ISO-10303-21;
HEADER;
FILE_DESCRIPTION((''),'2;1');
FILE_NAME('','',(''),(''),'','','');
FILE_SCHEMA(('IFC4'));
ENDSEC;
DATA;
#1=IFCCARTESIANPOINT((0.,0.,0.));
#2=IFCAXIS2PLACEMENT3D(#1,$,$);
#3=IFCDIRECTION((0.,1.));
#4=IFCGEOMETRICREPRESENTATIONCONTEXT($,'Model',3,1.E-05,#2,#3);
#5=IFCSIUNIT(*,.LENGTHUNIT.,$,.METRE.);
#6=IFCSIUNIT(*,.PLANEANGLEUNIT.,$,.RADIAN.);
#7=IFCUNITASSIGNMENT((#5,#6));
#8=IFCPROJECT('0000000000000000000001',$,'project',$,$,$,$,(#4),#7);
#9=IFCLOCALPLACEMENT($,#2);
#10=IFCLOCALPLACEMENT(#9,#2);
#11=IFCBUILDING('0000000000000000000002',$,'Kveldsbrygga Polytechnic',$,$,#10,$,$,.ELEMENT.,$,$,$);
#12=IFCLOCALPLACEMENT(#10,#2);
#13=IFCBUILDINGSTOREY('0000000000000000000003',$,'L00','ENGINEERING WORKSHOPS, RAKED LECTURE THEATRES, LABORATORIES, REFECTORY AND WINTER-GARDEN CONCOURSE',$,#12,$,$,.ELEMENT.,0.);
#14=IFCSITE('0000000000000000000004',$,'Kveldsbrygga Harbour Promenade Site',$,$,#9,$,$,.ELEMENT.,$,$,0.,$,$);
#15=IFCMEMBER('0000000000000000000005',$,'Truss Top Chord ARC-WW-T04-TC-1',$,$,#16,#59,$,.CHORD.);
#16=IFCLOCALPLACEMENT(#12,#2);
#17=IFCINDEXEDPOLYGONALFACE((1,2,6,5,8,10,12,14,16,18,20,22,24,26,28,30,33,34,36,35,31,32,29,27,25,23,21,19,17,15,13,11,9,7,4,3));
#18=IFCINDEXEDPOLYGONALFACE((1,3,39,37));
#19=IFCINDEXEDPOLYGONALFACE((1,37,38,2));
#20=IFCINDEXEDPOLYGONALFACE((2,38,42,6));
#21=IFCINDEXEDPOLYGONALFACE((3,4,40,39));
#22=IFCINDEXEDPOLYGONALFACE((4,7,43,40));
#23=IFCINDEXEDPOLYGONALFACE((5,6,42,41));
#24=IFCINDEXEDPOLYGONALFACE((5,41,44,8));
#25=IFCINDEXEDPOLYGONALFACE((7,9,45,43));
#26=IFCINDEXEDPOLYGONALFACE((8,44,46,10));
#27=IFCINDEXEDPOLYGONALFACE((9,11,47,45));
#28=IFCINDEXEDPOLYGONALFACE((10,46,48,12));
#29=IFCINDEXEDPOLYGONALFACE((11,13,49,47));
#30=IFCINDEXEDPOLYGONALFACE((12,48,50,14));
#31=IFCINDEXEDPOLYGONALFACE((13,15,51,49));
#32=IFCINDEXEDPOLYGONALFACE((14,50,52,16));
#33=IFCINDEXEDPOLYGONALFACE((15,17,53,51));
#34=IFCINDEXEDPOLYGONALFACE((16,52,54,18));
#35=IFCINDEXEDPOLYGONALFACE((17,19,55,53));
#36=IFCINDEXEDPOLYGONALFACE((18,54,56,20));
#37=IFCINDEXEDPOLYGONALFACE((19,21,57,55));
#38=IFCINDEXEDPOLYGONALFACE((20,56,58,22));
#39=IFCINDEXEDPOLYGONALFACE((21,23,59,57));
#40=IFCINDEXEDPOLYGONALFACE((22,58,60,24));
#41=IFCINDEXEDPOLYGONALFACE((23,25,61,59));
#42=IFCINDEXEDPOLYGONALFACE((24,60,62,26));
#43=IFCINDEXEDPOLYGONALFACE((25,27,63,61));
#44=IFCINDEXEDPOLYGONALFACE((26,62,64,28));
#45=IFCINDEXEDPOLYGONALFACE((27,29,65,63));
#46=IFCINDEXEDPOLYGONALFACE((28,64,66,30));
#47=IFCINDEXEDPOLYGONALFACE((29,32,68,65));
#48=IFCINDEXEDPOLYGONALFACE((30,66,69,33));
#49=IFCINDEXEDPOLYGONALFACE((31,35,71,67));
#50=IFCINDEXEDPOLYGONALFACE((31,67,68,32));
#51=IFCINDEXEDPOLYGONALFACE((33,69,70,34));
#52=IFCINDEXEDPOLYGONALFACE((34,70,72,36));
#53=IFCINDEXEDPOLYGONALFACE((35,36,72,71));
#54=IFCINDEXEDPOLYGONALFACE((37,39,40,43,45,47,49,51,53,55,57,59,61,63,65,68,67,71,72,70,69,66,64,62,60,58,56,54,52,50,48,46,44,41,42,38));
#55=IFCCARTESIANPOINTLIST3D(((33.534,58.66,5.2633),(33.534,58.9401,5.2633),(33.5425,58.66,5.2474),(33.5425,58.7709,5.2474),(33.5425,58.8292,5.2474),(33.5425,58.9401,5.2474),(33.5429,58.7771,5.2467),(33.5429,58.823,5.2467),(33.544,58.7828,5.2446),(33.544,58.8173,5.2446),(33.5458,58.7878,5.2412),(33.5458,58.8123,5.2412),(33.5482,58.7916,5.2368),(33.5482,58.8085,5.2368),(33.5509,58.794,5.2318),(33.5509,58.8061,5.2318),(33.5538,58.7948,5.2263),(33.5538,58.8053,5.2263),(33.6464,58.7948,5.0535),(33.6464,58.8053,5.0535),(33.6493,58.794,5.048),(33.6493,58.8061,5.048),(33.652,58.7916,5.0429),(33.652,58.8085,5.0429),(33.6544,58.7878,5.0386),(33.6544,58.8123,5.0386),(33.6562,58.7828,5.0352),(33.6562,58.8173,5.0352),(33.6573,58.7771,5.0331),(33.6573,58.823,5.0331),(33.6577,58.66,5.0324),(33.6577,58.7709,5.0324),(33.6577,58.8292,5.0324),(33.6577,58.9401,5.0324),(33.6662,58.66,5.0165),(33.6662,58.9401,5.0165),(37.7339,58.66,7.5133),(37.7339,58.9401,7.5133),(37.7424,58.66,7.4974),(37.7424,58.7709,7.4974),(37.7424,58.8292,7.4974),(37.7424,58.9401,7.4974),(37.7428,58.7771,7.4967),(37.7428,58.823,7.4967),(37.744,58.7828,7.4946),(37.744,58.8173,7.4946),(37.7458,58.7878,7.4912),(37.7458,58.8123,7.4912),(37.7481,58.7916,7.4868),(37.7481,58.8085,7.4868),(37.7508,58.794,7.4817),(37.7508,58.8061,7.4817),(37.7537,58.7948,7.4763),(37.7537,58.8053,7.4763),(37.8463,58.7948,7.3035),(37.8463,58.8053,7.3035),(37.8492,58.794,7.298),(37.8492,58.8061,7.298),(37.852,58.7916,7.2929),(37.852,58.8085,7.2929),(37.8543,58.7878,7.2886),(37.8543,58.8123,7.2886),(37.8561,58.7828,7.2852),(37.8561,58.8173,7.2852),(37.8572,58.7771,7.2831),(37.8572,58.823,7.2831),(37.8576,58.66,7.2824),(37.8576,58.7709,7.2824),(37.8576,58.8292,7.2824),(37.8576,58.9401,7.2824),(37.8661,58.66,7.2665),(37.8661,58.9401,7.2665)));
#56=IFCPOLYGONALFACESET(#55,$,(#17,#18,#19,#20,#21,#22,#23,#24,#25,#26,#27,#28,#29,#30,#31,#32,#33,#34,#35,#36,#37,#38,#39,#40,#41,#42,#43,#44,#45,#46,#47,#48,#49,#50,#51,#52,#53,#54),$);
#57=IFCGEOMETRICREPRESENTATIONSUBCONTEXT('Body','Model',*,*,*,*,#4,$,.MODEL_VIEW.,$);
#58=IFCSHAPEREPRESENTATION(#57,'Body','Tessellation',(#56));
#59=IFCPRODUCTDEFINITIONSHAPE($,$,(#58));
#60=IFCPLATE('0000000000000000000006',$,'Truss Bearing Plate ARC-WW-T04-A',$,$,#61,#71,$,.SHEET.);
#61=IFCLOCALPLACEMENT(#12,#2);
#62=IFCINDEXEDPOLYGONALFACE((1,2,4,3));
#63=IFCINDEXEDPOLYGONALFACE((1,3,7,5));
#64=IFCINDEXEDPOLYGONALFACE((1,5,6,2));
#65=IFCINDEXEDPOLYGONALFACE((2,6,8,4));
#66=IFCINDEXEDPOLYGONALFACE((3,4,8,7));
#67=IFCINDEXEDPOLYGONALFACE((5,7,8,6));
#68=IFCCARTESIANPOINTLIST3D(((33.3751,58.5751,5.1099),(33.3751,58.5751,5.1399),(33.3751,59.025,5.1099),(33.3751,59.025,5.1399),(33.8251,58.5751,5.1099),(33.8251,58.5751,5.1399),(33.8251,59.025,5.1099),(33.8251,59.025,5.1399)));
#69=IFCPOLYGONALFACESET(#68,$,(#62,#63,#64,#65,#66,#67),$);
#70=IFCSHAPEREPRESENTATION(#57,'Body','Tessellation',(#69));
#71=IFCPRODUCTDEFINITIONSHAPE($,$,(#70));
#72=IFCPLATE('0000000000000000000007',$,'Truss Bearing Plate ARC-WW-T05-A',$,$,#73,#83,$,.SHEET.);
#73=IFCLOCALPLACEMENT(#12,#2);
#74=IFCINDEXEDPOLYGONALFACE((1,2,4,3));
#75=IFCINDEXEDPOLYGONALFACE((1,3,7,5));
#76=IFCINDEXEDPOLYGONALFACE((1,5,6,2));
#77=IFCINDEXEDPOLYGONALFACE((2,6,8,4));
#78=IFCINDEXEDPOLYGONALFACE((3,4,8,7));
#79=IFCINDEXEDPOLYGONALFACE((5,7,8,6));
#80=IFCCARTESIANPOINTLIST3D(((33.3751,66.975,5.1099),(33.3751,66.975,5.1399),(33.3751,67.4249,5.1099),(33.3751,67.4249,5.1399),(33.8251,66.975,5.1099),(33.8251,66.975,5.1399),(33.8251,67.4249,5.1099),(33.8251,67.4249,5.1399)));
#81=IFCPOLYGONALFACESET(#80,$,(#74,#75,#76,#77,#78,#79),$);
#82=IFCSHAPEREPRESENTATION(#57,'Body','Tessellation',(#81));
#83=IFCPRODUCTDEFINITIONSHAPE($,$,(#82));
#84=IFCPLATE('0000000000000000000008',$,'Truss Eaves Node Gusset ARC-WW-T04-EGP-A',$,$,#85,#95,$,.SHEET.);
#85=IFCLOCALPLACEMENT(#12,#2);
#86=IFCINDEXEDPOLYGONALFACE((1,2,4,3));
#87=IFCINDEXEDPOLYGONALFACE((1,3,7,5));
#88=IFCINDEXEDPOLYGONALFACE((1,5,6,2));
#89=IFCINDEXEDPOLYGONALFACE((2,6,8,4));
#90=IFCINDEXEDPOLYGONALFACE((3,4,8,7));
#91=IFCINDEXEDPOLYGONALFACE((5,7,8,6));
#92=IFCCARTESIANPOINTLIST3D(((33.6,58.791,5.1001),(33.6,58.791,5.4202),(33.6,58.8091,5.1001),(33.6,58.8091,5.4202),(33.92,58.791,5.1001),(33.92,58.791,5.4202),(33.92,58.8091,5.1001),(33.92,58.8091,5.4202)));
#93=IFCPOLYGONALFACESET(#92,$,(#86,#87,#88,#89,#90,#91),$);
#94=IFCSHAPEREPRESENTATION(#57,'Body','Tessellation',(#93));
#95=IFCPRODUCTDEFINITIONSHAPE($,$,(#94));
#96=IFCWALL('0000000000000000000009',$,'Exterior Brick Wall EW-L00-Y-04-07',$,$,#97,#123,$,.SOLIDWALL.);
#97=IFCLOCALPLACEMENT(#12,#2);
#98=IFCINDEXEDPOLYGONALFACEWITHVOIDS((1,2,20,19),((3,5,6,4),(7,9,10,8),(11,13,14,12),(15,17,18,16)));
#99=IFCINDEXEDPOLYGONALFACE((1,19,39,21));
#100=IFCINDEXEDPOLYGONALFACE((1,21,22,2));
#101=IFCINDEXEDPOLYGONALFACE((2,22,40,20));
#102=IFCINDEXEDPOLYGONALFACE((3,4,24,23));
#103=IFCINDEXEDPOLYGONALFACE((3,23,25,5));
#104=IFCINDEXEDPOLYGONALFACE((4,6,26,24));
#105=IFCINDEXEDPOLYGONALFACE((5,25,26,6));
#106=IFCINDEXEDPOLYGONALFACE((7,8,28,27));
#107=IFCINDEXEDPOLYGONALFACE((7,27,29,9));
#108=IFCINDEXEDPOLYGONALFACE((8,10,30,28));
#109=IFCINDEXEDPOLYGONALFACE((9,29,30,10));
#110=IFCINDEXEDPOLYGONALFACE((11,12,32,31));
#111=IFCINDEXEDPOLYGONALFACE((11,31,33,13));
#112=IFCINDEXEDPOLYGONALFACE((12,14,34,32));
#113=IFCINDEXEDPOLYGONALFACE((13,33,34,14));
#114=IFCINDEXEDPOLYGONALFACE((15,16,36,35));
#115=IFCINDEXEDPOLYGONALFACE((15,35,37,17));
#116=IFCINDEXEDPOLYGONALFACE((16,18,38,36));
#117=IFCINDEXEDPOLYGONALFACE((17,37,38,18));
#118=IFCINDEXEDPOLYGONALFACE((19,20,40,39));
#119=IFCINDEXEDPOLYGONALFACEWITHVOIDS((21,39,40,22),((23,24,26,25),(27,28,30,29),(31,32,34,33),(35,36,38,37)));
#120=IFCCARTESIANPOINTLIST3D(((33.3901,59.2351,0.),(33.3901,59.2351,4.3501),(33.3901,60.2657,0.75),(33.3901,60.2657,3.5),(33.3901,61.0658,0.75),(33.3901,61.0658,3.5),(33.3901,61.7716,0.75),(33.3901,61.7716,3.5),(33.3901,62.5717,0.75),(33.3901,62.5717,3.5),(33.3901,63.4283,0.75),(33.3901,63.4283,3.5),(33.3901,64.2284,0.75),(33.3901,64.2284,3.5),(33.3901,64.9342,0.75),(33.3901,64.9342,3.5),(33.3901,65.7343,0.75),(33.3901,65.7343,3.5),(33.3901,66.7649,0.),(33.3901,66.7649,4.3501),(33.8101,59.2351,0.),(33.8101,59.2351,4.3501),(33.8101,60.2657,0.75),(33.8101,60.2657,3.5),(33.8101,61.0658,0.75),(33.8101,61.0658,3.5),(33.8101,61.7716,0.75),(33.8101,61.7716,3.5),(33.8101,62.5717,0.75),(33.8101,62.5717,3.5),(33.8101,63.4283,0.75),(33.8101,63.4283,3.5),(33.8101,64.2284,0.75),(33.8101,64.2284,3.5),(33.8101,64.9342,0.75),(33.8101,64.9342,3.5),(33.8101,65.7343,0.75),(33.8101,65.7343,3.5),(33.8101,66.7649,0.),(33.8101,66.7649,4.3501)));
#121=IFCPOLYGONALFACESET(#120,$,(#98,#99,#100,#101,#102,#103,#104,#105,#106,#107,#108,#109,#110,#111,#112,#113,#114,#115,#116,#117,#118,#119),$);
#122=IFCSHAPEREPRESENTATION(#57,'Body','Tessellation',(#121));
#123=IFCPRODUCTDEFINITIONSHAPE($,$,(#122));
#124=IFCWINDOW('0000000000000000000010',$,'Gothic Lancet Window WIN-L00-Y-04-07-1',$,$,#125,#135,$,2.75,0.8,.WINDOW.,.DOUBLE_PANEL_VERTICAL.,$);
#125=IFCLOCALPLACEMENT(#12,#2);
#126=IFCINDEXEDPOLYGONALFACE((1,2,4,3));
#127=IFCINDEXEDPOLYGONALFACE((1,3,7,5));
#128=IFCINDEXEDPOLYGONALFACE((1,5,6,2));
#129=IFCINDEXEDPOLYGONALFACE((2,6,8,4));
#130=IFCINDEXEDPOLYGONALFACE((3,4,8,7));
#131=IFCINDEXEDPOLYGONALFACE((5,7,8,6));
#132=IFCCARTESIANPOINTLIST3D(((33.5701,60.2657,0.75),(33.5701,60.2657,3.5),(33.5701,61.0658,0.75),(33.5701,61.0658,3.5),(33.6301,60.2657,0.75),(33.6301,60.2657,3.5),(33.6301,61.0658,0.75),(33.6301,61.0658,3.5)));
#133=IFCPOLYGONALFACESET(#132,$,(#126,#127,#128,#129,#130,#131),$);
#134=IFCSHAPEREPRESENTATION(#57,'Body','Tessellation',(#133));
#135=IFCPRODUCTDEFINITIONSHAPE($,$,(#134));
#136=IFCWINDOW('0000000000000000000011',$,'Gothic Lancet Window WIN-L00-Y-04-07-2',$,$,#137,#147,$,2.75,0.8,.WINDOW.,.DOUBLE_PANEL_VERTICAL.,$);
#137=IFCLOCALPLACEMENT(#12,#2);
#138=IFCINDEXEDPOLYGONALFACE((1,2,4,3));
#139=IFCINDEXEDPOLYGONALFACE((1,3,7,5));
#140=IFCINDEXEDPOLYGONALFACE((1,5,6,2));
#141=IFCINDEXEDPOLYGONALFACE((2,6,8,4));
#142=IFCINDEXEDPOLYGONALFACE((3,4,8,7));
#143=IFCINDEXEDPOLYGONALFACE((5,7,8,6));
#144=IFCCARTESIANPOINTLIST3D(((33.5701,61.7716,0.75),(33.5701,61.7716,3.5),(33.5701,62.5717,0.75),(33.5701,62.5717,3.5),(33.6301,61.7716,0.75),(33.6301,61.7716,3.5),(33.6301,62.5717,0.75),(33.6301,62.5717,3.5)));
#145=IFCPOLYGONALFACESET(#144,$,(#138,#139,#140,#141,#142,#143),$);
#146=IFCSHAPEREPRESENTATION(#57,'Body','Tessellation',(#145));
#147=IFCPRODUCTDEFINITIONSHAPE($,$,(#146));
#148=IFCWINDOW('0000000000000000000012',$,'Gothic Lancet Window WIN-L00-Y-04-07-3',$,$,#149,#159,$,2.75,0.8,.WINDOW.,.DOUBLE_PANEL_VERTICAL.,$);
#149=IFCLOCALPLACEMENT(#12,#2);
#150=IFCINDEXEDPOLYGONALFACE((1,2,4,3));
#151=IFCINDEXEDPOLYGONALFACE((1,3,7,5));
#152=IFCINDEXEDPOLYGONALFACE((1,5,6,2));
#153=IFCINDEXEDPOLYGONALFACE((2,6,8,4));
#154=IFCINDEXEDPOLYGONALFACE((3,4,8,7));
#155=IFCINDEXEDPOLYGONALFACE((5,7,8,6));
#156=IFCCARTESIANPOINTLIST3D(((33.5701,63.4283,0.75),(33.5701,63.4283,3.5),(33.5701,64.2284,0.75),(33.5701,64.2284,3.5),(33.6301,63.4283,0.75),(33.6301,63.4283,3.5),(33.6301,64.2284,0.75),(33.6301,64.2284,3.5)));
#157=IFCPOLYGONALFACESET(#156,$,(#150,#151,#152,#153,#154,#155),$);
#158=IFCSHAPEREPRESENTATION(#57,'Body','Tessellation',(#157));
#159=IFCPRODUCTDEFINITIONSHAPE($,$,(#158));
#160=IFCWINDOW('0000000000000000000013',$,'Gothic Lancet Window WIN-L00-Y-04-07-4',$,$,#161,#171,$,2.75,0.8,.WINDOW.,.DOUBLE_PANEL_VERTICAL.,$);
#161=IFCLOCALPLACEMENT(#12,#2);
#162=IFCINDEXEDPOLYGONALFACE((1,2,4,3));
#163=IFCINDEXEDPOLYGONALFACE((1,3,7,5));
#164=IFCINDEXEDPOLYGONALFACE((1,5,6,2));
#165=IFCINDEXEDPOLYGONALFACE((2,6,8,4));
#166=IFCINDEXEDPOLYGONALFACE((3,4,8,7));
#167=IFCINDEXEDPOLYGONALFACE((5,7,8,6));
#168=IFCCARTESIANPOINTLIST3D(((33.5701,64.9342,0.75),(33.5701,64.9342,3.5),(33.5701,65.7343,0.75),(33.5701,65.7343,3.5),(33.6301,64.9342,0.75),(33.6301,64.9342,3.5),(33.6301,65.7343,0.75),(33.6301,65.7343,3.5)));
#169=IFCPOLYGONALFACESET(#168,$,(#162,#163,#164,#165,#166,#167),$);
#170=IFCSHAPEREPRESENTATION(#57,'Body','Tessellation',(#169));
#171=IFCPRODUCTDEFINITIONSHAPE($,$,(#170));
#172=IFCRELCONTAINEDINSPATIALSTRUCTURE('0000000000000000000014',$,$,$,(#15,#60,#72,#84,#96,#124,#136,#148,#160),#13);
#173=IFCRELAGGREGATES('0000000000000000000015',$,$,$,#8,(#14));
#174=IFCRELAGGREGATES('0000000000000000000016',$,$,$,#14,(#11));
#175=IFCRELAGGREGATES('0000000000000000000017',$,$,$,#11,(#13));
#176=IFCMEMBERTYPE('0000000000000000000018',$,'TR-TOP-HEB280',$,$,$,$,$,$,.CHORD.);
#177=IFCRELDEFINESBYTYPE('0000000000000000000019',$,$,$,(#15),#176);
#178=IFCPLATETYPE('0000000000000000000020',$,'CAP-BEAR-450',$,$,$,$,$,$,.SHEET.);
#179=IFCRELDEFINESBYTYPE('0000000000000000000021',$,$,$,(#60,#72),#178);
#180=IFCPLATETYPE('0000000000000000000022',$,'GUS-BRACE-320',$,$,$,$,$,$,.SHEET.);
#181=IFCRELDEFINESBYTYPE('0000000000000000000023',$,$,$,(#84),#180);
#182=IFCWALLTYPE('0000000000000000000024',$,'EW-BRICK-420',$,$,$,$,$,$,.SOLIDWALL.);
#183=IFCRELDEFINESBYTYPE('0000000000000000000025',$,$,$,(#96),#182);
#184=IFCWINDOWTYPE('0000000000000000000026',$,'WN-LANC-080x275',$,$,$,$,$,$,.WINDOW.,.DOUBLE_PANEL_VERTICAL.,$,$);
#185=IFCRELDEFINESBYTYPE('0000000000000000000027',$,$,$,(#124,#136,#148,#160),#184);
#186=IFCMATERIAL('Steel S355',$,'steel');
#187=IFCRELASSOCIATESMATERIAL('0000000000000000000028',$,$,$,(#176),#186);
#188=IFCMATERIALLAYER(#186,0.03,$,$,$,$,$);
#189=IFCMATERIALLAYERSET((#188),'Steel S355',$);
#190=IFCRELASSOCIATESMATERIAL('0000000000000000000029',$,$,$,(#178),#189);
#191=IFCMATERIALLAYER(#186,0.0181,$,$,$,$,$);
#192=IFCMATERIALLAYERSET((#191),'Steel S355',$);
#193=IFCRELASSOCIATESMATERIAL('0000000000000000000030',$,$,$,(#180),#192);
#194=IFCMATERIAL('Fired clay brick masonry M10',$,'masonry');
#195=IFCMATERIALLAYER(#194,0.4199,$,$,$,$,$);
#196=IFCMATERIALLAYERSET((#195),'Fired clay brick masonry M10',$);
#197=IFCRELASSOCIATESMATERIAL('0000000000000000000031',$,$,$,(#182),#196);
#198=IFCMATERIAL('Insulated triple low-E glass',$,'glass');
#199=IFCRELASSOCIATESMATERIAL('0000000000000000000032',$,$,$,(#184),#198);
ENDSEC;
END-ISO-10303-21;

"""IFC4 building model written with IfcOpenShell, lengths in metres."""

from ifc_helpers import new_model, si_unit, direction, frame, frame_2d, origin, origin_2d, place, context, subcontext, project, spatial, rectangle, i_section, extrude, material, layer, layer_set, material_profile, profile_set, type_object, element, fill, save


model = new_model("IFC4")

# Units and contexts
model_context = context("Model", 3, precision=1e-05, world=origin(), true_north=direction((0.0, 1.0)))
body_context = subcontext(model_context, "Body", "Model", "MODEL_VIEW")
ifc_project = project(units=[si_unit("LENGTHUNIT", "METRE"), si_unit("PLANEANGLEUNIT", "RADIAN")], contexts=[model_context])

# Site, building, storey
site_placement = place(None, origin())
site = spatial("IfcSite", under=ifc_project, at=site_placement, Name="Kveldsbrygga Harbour Promenade Site", CompositionType="ELEMENT", RefElevation=0.0)
building_placement = place(site_placement, origin())
building = spatial("IfcBuilding", under=site, at=building_placement, Name="Kveldsbrygga Polytechnic", CompositionType="ELEMENT")
storey_placement = place(building_placement, origin())
storey = spatial("IfcBuildingStorey", under=building, at=storey_placement, Name="L00", Description="ENGINEERING WORKSHOPS, RAKED LECTURE THEATRES, LABORATORIES, REFECTORY AND WINTER-GARDEN CONCOURSE", CompositionType="ELEMENT", Elevation=0.0)

# Member
ifc_material_1 = material(Name="Steel S355", Category="steel")
ifc_material_profile_1 = material_profile(ifc_material_1, i_section(OverallWidth=0.28, OverallDepth=0.28, WebThickness=0.0105, FlangeThickness=0.0181, FilletRadius=0.0239, at=origin_2d()), Name="HEB 280")
ifc_profile_set_1 = profile_set([ifc_material_profile_1], Name="Steel S355")
member_type_1 = type_object("IfcMemberType", Name="TR-TOP-HEB280", PredefinedType="CHORD", material=ifc_profile_set_1)
member_placement = place(storey_placement, frame((33.6001, 58.8, 5.1399), z_axis=(0.881478, 0.0, 0.472226), x_axis=(0.0, 1.0, 0.0)))
element("IfcMember", 1, at=member_placement, inside=storey, type_object=member_type_1, Name="Truss Top Chord ARC-WW-T04-TC-1", PredefinedType="CHORD", context=body_context, shape_type="SweptSolid", body=[
    extrude(i_section(OverallWidth=0.28, OverallDepth=0.28, WebThickness=0.0105, FlangeThickness=0.0181, FilletRadius=0.0239, at=origin_2d()), origin(), (0.0, 0.0, 1.0), 4.7646),
])

# Plates
ifc_layer_1 = layer(ifc_material_1, 0.03)
ifc_layer_set_1 = layer_set([ifc_layer_1], Name="Steel S355")
plate_type_1 = type_object("IfcPlateType", Name="CAP-BEAR-450", PredefinedType="SHEET", material=ifc_layer_set_1)
for number, where, z_axis, x_axis, name in (
    (2, (33.6001, 58.8, 5.1099), (0.0, 0.0, 1.0), (1.0, 0.0, 0.0), "Truss Bearing Plate ARC-WW-T04-A"),
    (3, (33.6001, 67.2, 5.1099), (0.0, 0.0, 1.0), (1.0, 0.0, 0.0), "Truss Bearing Plate ARC-WW-T05-A"),
):
    element("IfcPlate", number, at=place(storey_placement, frame(where, z_axis=z_axis, x_axis=x_axis)), inside=storey, type_object=plate_type_1, Name=name, PredefinedType="SHEET", context=body_context, shape_type="SweptSolid", body=[
        extrude(rectangle(XDim=0.45, YDim=0.45, at=origin_2d()), origin(), (0.0, 0.0, 1.0), 0.03),
    ])
ifc_layer_2 = layer(ifc_material_1, 0.0181)
ifc_layer_set_2 = layer_set([ifc_layer_2], Name="Steel S355")
plate_type_2 = type_object("IfcPlateType", Name="GUS-BRACE-320", PredefinedType="SHEET", material=ifc_layer_set_2)
plate_placement = place(storey_placement, frame((33.76, 58.8, 5.1001), z_axis=(0.0, 0.0, 1.0), x_axis=(1.0, 0.0, 0.0)))
element("IfcPlate", 4, at=plate_placement, inside=storey, type_object=plate_type_2, Name="Truss Eaves Node Gusset ARC-WW-T04-EGP-A", PredefinedType="SHEET", context=body_context, shape_type="SweptSolid", body=[
    extrude(rectangle(XDim=0.3201, YDim=0.0181, at=origin_2d()), origin(), (0.0, 0.0, 1.0), 0.3201),
])

# Wall, openings, windows
ifc_material_2 = material(Name="Fired clay brick masonry M10", Category="masonry")
ifc_layer_3 = layer(ifc_material_2, 0.4199)
ifc_layer_set_3 = layer_set([ifc_layer_3], Name="Fired clay brick masonry M10")
wall_type = type_object("IfcWallType", Name="EW-BRICK-420", PredefinedType="SOLIDWALL", material=ifc_layer_set_3)
wall_placement = place(storey_placement, frame((33.6001, 59.2351, 0.0), z_axis=(0.0, 0.0, 1.0), x_axis=(0.0, 1.0, 0.0)))
wall = element("IfcWall", 5, at=wall_placement, inside=storey, type_object=wall_type, Name="Exterior Brick Wall EW-L00-Y-04-07", PredefinedType="SOLIDWALL", context=body_context, shape_type="SweptSolid", body=[
    extrude(rectangle(XDim=7.5298, YDim=0.4199, at=frame_2d((3.7649, 0.0))), origin(), (0.0, 0.0, 1.0), 4.3501),
])
opening_1_placement = place(wall_placement, frame((1.0308, 0.0, 0.75)))
opening_1 = element("IfcOpeningElement", 6, at=opening_1_placement, cuts=wall, PredefinedType="OPENING", context=body_context, shape_type="SweptSolid", body=[
    extrude(rectangle(XDim=0.8, YDim=2.75, at=frame_2d((0.3999, 1.375))), frame((0.0, 0.22, 0.0), z_axis=(0.0, -1.0, 0.0), x_axis=(1.0, 0.0, 0.0)), (0.0, 0.0, 1.0), 0.4399),
])
opening_2_placement = place(wall_placement, frame((2.5366, 0.0, 0.75)))
opening_2 = element("IfcOpeningElement", 7, at=opening_2_placement, cuts=wall, PredefinedType="OPENING", context=body_context, shape_type="SweptSolid", body=[
    extrude(rectangle(XDim=0.8, YDim=2.75, at=frame_2d((0.3999, 1.375))), frame((0.0, 0.22, 0.0), z_axis=(0.0, -1.0, 0.0), x_axis=(1.0, 0.0, 0.0)), (0.0, 0.0, 1.0), 0.4399),
])
opening_3_placement = place(wall_placement, frame((4.1934, 0.0, 0.75)))
opening_3 = element("IfcOpeningElement", 8, at=opening_3_placement, cuts=wall, PredefinedType="OPENING", context=body_context, shape_type="SweptSolid", body=[
    extrude(rectangle(XDim=0.8, YDim=2.75, at=frame_2d((0.3999, 1.375))), frame((0.0, 0.22, 0.0), z_axis=(0.0, -1.0, 0.0), x_axis=(1.0, 0.0, 0.0)), (0.0, 0.0, 1.0), 0.4399),
])
opening_4_placement = place(wall_placement, frame((5.6992, 0.0, 0.75)))
opening_4 = element("IfcOpeningElement", 9, at=opening_4_placement, cuts=wall, PredefinedType="OPENING", context=body_context, shape_type="SweptSolid", body=[
    extrude(rectangle(XDim=0.8, YDim=2.75, at=frame_2d((0.3999, 1.375))), frame((0.0, 0.22, 0.0), z_axis=(0.0, -1.0, 0.0), x_axis=(1.0, 0.0, 0.0)), (0.0, 0.0, 1.0), 0.4399),
])
ifc_material_3 = material(Name="Insulated triple low-E glass", Category="glass")
window_type = type_object("IfcWindowType", Name="WN-LANC-080x275", PartitioningType="DOUBLE_PANEL_VERTICAL", PredefinedType="WINDOW", material=ifc_material_3)
window_1_placement = place(opening_1_placement, origin())
window_1 = element("IfcWindow", 10, at=window_1_placement, inside=storey, type_object=window_type, Name="Gothic Lancet Window WIN-L00-Y-04-07-1", OverallHeight=2.75, OverallWidth=0.8, PartitioningType="DOUBLE_PANEL_VERTICAL", PredefinedType="WINDOW", context=body_context, shape_type="SweptSolid", body=[
    extrude(rectangle(XDim=0.8, YDim=2.75, at=frame_2d((0.3999, 1.375))), frame((0.0, 0.03, 0.0), z_axis=(0.0, -1.0, 0.0), x_axis=(1.0, 0.0, 0.0)), (0.0, 0.0, 1.0), 0.0601),
])
fill(opening_1, window_1)
window_2_placement = place(opening_2_placement, origin())
window_2 = element("IfcWindow", 11, at=window_2_placement, inside=storey, type_object=window_type, Name="Gothic Lancet Window WIN-L00-Y-04-07-2", OverallHeight=2.75, OverallWidth=0.8, PartitioningType="DOUBLE_PANEL_VERTICAL", PredefinedType="WINDOW", context=body_context, shape_type="SweptSolid", body=[
    extrude(rectangle(XDim=0.8, YDim=2.75, at=frame_2d((0.3999, 1.375))), frame((0.0, 0.03, 0.0), z_axis=(0.0, -1.0, 0.0), x_axis=(1.0, 0.0, 0.0)), (0.0, 0.0, 1.0), 0.0601),
])
fill(opening_2, window_2)
window_3_placement = place(opening_3_placement, origin())
window_3 = element("IfcWindow", 12, at=window_3_placement, inside=storey, type_object=window_type, Name="Gothic Lancet Window WIN-L00-Y-04-07-3", OverallHeight=2.75, OverallWidth=0.8, PartitioningType="DOUBLE_PANEL_VERTICAL", PredefinedType="WINDOW", context=body_context, shape_type="SweptSolid", body=[
    extrude(rectangle(XDim=0.8, YDim=2.75, at=frame_2d((0.3999, 1.375))), frame((0.0, 0.03, 0.0), z_axis=(0.0, -1.0, 0.0), x_axis=(1.0, 0.0, 0.0)), (0.0, 0.0, 1.0), 0.0601),
])
fill(opening_3, window_3)
window_4_placement = place(opening_4_placement, origin())
window_4 = element("IfcWindow", 13, at=window_4_placement, inside=storey, type_object=window_type, Name="Gothic Lancet Window WIN-L00-Y-04-07-4", OverallHeight=2.75, OverallWidth=0.8, PartitioningType="DOUBLE_PANEL_VERTICAL", PredefinedType="WINDOW", context=body_context, shape_type="SweptSolid", body=[
    extrude(rectangle(XDim=0.8, YDim=2.75, at=frame_2d((0.3999, 1.375))), frame((0.0, 0.03, 0.0), z_axis=(0.0, -1.0, 0.0), x_axis=(1.0, 0.0, 0.0)), (0.0, 0.0, 1.0), 0.0601),
])
fill(opening_4, window_4)

save(model, "model.ifc")
